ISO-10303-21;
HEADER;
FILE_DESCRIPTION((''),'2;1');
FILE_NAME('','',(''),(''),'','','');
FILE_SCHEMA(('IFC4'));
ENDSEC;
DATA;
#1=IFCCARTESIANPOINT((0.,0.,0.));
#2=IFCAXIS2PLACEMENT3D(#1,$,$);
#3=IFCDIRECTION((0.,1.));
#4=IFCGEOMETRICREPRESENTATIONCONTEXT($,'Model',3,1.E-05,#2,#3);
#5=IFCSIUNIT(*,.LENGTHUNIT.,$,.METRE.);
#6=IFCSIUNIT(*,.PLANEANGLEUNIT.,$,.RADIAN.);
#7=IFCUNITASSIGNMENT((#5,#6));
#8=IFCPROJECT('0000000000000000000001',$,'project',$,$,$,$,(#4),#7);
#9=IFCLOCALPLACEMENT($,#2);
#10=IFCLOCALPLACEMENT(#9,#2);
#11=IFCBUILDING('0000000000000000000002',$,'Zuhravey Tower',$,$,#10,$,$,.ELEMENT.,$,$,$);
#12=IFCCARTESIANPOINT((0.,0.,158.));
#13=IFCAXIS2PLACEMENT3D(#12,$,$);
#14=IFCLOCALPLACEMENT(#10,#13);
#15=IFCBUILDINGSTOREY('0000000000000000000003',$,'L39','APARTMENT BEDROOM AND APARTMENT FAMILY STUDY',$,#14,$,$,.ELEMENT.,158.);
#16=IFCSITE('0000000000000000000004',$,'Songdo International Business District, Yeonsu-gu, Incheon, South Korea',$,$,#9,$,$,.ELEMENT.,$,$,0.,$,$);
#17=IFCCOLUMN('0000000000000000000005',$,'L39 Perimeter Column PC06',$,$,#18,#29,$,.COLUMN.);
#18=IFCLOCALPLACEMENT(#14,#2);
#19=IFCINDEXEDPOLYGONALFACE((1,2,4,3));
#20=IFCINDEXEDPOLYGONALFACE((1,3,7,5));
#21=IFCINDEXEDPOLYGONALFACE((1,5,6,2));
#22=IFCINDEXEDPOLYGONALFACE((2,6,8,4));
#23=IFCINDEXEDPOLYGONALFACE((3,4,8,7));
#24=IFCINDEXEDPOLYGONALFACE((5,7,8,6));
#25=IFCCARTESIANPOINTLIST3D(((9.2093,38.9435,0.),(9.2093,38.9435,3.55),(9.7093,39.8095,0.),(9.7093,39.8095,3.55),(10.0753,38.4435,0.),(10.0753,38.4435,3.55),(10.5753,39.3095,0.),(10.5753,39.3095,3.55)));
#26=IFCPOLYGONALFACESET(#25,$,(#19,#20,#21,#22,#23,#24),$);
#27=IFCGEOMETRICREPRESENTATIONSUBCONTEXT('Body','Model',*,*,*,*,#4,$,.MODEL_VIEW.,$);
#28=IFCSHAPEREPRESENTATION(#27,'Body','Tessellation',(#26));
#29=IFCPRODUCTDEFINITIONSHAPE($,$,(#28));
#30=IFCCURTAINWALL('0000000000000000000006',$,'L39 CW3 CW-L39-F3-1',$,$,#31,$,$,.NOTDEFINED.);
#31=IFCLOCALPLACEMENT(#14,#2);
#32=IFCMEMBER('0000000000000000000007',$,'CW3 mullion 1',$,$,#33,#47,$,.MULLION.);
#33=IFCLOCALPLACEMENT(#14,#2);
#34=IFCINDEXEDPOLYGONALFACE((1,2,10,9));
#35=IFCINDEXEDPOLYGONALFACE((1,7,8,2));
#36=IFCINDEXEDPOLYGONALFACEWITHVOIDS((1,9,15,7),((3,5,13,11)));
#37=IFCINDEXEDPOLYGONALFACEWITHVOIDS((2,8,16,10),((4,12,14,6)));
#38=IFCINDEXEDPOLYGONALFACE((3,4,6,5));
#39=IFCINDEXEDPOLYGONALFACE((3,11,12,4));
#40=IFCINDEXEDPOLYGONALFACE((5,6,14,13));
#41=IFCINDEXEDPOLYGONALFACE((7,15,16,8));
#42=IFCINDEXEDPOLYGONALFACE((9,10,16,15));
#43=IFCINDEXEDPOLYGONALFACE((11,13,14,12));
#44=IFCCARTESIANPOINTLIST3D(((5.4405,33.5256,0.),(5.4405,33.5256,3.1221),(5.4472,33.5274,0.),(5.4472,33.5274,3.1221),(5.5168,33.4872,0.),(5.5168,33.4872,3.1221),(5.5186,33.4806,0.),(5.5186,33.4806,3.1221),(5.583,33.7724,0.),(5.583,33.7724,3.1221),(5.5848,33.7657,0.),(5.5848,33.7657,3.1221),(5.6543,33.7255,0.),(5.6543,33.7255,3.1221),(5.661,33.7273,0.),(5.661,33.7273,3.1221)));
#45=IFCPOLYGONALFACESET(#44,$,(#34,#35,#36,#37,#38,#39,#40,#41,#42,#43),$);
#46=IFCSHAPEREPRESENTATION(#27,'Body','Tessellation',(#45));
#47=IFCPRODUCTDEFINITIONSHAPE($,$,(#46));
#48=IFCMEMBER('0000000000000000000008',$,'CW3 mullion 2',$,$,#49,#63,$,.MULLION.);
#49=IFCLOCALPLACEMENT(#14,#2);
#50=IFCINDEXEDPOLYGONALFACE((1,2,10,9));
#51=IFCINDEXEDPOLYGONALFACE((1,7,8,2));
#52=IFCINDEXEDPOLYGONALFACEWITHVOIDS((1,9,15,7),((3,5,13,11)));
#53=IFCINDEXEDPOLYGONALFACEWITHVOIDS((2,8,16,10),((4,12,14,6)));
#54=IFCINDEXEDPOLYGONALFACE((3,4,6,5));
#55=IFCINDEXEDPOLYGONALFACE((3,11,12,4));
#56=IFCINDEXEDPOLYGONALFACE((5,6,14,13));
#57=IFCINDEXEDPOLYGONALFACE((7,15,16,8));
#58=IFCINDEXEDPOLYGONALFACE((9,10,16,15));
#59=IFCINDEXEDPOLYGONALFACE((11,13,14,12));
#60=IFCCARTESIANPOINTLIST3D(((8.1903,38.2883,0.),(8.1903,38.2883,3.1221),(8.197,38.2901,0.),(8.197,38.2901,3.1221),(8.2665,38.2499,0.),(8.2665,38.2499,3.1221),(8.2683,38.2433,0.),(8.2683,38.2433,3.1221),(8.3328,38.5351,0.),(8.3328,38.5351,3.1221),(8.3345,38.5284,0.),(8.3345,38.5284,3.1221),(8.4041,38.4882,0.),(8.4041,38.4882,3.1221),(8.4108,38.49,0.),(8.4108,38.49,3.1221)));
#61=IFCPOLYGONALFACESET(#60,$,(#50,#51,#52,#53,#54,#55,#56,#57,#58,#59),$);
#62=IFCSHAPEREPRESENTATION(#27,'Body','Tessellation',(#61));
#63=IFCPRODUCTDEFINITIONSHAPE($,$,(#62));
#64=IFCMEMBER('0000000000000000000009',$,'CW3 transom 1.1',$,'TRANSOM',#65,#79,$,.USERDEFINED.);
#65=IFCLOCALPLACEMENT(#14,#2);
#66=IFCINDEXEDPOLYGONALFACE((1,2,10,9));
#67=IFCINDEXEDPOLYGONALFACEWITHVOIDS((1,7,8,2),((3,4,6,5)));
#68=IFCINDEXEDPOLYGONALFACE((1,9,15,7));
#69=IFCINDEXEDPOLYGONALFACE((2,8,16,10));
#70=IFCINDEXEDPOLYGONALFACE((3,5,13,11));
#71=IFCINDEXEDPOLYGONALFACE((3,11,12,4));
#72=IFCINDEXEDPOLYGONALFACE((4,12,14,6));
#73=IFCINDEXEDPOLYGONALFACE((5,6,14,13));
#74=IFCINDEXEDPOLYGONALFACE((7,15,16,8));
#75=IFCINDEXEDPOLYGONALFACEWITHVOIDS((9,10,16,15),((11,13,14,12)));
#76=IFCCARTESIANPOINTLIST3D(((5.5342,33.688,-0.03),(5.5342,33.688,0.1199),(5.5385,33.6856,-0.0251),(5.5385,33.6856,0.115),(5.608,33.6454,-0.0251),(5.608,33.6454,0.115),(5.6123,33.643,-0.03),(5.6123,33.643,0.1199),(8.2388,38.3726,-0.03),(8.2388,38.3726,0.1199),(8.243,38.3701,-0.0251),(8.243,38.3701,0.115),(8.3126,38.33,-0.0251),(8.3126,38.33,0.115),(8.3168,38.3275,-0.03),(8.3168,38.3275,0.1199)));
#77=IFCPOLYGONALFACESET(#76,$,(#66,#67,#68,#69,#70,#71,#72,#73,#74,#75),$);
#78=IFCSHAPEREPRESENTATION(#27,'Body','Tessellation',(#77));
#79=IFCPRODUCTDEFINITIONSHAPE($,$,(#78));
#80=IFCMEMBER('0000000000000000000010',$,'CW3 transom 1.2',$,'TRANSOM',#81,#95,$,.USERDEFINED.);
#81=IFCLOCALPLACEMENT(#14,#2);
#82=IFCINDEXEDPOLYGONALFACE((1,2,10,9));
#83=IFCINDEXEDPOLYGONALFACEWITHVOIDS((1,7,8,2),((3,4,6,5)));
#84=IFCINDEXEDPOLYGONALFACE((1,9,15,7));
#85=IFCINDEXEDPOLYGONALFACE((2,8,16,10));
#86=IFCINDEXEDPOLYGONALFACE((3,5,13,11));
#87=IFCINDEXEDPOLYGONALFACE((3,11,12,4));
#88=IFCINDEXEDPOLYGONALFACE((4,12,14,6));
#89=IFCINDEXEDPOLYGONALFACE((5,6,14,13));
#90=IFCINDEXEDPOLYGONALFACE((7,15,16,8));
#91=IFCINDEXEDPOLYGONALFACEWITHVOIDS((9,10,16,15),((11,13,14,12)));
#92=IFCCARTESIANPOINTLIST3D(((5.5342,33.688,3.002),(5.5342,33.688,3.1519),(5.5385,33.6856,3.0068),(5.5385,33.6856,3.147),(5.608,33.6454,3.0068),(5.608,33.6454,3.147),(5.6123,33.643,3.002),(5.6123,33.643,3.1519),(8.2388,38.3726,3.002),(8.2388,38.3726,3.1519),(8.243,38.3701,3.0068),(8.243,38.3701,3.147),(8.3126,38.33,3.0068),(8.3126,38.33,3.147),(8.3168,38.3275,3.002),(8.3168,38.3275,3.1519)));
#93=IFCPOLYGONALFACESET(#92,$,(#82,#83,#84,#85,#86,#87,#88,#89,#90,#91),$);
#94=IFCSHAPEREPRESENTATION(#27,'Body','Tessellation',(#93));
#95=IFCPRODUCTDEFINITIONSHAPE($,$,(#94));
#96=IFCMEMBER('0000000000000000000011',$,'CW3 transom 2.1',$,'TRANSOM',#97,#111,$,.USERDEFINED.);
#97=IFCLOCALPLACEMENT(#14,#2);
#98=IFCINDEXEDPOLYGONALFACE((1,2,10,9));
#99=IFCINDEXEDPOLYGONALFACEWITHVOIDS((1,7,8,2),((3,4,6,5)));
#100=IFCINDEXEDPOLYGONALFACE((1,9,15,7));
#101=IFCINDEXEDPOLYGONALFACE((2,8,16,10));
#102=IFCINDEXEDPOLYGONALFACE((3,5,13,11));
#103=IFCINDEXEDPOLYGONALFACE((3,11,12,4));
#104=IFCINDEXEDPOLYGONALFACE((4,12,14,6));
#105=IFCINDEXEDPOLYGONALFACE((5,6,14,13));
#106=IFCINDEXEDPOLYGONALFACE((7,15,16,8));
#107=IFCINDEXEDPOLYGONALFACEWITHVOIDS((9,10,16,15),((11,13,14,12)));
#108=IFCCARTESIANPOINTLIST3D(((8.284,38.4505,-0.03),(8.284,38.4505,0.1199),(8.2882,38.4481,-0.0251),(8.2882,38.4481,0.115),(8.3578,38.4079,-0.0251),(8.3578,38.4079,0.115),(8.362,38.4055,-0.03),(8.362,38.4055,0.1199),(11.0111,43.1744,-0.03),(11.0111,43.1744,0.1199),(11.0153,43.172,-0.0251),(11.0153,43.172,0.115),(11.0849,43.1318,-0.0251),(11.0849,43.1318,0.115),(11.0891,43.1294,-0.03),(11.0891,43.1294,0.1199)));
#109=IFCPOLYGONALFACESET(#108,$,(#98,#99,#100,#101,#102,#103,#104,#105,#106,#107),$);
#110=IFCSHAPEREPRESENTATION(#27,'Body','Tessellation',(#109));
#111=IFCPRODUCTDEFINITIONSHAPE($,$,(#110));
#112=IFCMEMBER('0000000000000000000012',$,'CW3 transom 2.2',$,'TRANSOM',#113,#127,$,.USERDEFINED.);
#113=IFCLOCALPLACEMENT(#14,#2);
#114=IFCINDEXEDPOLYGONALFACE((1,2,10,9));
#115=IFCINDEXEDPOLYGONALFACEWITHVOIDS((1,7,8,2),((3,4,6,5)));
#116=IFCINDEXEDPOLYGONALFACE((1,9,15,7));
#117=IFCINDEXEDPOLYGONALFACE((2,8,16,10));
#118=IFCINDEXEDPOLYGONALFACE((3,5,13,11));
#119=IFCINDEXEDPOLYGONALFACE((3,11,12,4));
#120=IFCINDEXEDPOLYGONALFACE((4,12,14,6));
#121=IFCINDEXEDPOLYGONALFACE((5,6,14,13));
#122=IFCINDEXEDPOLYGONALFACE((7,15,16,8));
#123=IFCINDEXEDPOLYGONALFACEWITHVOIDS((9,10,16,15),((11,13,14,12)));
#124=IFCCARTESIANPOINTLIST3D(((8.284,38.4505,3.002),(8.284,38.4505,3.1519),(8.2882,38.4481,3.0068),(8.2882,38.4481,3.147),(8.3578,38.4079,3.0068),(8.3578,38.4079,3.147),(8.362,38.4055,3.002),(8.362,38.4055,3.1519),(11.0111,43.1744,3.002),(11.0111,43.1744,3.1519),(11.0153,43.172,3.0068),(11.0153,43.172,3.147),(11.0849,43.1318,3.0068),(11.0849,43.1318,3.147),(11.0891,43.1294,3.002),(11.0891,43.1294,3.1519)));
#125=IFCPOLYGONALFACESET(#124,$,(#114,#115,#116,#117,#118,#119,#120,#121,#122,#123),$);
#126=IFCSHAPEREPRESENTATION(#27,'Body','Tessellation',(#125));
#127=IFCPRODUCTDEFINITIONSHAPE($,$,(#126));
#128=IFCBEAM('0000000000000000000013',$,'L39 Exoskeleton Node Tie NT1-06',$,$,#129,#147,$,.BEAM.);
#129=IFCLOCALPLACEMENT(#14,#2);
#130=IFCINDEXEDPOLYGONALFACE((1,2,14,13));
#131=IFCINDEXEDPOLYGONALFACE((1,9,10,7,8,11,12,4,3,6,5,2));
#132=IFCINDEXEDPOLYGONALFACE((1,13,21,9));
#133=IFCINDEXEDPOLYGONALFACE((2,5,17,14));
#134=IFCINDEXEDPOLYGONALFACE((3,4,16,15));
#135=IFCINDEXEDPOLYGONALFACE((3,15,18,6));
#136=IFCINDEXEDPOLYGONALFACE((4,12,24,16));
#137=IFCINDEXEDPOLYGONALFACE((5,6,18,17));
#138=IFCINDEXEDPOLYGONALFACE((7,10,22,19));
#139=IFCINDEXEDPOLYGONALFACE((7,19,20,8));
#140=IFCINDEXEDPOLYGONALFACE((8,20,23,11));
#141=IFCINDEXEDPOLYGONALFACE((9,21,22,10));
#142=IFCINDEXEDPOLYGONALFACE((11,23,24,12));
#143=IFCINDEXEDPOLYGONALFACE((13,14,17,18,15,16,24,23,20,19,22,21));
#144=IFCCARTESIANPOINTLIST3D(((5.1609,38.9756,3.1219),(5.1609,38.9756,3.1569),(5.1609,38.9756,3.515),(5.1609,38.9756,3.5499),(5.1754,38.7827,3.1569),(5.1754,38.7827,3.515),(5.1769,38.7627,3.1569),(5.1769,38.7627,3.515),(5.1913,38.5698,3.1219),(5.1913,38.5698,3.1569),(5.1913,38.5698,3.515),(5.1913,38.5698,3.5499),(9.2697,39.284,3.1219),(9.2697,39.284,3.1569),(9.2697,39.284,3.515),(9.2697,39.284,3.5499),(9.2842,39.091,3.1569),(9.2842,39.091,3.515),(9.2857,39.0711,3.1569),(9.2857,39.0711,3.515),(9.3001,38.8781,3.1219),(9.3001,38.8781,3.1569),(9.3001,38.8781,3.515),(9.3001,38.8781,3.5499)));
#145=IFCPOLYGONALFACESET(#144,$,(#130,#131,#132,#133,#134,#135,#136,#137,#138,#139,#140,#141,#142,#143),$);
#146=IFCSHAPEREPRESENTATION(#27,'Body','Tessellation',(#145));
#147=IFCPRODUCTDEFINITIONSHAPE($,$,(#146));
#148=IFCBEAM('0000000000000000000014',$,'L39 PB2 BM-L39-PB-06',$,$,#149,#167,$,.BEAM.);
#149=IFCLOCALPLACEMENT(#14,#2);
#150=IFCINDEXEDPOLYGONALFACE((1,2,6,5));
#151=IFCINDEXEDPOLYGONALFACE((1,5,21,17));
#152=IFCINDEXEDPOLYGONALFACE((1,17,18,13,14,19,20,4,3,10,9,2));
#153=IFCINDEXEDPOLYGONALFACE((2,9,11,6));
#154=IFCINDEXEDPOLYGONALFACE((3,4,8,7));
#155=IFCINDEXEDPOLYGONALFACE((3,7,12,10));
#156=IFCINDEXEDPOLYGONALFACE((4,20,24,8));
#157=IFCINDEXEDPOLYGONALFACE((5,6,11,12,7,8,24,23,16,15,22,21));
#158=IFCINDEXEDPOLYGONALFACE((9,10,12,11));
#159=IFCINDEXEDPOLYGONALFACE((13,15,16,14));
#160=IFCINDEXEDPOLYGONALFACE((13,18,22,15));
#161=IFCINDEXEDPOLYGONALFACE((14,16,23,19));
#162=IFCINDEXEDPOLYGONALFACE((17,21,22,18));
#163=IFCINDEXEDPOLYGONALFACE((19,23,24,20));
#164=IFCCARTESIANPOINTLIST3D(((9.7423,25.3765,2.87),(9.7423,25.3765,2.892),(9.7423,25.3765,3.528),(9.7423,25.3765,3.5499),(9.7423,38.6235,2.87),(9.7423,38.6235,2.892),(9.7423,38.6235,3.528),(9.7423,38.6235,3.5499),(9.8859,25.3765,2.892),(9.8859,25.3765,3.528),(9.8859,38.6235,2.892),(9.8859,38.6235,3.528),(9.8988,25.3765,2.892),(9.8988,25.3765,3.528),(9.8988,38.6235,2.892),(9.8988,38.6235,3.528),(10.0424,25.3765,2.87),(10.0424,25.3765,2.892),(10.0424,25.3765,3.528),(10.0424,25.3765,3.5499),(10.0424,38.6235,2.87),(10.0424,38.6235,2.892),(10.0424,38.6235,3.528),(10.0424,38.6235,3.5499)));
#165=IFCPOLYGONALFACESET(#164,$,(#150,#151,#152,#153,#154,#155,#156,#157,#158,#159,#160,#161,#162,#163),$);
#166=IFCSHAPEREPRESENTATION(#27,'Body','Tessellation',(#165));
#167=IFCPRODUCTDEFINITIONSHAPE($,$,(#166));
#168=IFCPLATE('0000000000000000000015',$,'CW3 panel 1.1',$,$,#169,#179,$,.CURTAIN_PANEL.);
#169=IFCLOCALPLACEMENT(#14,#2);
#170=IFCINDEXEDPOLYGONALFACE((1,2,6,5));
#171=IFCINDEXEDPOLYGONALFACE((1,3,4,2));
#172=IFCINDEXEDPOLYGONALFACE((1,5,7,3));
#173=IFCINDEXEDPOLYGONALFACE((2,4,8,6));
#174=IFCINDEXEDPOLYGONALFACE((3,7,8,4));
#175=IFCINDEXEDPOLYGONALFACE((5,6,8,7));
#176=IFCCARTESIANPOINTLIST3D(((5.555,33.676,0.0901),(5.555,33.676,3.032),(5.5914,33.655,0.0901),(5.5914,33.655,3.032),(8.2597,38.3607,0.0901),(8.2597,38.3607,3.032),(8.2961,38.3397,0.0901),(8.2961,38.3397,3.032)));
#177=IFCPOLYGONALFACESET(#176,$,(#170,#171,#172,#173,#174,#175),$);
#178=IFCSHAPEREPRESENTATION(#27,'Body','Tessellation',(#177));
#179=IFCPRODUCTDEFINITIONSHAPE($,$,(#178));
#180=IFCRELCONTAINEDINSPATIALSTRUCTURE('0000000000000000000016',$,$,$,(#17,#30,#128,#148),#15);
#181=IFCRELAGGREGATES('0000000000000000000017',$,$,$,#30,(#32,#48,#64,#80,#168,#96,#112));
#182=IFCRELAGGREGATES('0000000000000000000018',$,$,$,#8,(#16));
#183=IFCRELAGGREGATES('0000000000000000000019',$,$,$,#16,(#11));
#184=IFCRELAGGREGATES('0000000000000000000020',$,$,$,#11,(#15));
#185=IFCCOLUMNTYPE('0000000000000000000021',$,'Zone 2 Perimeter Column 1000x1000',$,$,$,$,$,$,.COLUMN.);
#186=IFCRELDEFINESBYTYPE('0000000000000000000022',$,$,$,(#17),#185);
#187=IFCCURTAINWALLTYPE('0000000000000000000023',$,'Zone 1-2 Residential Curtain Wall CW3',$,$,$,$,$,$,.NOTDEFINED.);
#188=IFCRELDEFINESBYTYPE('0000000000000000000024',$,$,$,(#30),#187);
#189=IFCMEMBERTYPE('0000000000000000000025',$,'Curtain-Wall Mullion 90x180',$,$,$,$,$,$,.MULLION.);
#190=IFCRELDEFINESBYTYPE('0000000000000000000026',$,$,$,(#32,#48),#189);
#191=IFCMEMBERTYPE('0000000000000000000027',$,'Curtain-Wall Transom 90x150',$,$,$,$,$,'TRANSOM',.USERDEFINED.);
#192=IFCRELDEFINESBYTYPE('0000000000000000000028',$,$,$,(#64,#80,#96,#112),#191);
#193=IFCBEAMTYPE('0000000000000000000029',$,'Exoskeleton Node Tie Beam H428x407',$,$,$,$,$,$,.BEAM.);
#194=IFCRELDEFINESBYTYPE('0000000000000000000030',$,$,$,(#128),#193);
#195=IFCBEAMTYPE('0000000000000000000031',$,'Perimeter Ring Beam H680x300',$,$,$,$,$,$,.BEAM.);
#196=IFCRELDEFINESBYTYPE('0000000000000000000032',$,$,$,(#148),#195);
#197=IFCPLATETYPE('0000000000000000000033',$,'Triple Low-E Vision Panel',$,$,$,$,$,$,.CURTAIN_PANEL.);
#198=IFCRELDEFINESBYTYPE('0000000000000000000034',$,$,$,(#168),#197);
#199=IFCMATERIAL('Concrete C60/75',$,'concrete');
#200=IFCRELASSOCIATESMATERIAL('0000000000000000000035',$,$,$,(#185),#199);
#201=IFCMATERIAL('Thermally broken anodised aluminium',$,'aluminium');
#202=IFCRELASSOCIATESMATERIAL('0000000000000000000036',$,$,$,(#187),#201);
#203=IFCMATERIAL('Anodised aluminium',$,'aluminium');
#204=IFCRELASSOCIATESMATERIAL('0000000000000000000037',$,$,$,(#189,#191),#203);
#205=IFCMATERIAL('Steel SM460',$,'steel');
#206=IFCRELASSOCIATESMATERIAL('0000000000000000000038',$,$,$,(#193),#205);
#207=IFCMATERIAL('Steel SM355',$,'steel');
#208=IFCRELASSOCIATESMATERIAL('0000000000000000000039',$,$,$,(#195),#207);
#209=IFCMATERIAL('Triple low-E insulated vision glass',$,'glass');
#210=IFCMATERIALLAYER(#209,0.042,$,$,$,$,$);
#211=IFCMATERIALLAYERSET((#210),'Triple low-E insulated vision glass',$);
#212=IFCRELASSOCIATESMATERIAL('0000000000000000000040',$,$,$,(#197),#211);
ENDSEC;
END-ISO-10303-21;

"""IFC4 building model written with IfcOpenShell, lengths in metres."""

from ifc_helpers import new_model, si_unit, direction, frame, origin, origin_2d, place, context, subcontext, project, spatial, rectangle, hollow_rectangle, i_section, extrude, material, layer, layer_set, material_profile, profile_set, type_object, element, aggregate, save


model = new_model("IFC4")

# Units and contexts
model_context = context("Model", 3, precision=1e-05, world=origin(), true_north=direction((0.0, 1.0)))
body_context = subcontext(model_context, "Body", "Model", "MODEL_VIEW")
ifc_project = project(units=[si_unit("LENGTHUNIT", "METRE"), si_unit("PLANEANGLEUNIT", "RADIAN")], contexts=[model_context])

# Site, building, storey
site_placement = place(None, origin())
site = spatial("IfcSite", under=ifc_project, at=site_placement, Name="Songdo International Business District, Yeonsu-gu, Incheon, South Korea", CompositionType="ELEMENT", RefElevation=0.0)
building_placement = place(site_placement, origin())
building = spatial("IfcBuilding", under=site, at=building_placement, Name="Zuhravey Tower", CompositionType="ELEMENT")
storey_placement = place(building_placement, frame((0.0, 0.0, 158.0)))
storey = spatial("IfcBuildingStorey", under=building, at=storey_placement, Name="L39", Description="APARTMENT BEDROOM AND APARTMENT FAMILY STUDY", CompositionType="ELEMENT", Elevation=158.0)

# Column
ifc_material_1 = material(Name="Concrete C60/75", Category="concrete")
ifc_material_profile_1 = material_profile(ifc_material_1, rectangle(XDim=1.0, YDim=1.0, at=origin_2d()), Name="RC-1000x1000")
ifc_profile_set_1 = profile_set([ifc_material_profile_1], Name="Concrete C60/75")
column_type = type_object("IfcColumnType", Name="Zone 2 Perimeter Column 1000x1000", PredefinedType="COLUMN", material=ifc_profile_set_1)
column_placement = place(storey_placement, frame((9.8923, 39.1265, 0.0), z_axis=(0.0, 0.0, 1.0), x_axis=(-0.5, -0.866025, 0.0)))
element("IfcColumn", 1, at=column_placement, inside=storey, type_object=column_type, Name="L39 Perimeter Column PC06", PredefinedType="COLUMN", context=body_context, shape_type="SweptSolid", body=[
    extrude(rectangle(XDim=1.0, YDim=1.0, at=origin_2d()), origin(), (0.0, 0.0, 1.0), 3.55),
])

# Curtain wall, members
ifc_material_2 = material(Name="Thermally broken anodised aluminium", Category="aluminium")
curtain_wall_type = type_object("IfcCurtainWallType", Name="Zone 1-2 Residential Curtain Wall CW3", PredefinedType="NOTDEFINED", material=ifc_material_2)
curtain_wall_placement = place(storey_placement, origin())
curtain_wall = element("IfcCurtainWall", 2, at=curtain_wall_placement, inside=storey, type_object=curtain_wall_type, Name="L39 CW3 CW-L39-F3-1", PredefinedType="NOTDEFINED")
ifc_material_3 = material(Name="Anodised aluminium", Category="aluminium")
ifc_material_profile_2 = material_profile(ifc_material_3, hollow_rectangle(XDim=0.0901, YDim=0.2849, WallThickness=0.0049, at=origin_2d()), Name="ALU-RHS-90x285x5")
ifc_profile_set_2 = profile_set([ifc_material_profile_2], Name="Anodised aluminium")
member_type_1 = type_object("IfcMemberType", Name="Curtain-Wall Mullion 90x180", PredefinedType="MULLION", material=ifc_profile_set_2)
member_1_placement = place(storey_placement, frame((5.5508, 33.6265, 0.0), z_axis=(0.0, 0.0, 1.0), x_axis=(-0.866025, 0.5, 0.0)))
member_1 = element("IfcMember", 3, at=member_1_placement, type_object=member_type_1, Name="CW3 mullion 1", PredefinedType="MULLION", context=body_context, shape_type="SweptSolid", body=[
    extrude(hollow_rectangle(XDim=0.0901, YDim=0.2849, WallThickness=0.0049, at=origin_2d()), origin(), (0.0, 0.0, 1.0), 3.1221),
])
member_2_placement = place(storey_placement, frame((8.3005, 38.3892, 0.0), z_axis=(0.0, 0.0, 1.0), x_axis=(-0.866025, 0.5, 0.0)))
member_2 = element("IfcMember", 4, at=member_2_placement, type_object=member_type_1, Name="CW3 mullion 2", PredefinedType="MULLION", context=body_context, shape_type="SweptSolid", body=[
    extrude(hollow_rectangle(XDim=0.0901, YDim=0.2849, WallThickness=0.0049, at=origin_2d()), origin(), (0.0, 0.0, 1.0), 3.1221),
])
ifc_material_profile_3 = material_profile(ifc_material_3, hollow_rectangle(XDim=0.0901, YDim=0.1499, WallThickness=0.0049, at=origin_2d()), Name="ALU-RHS-90x150x5")
ifc_profile_set_3 = profile_set([ifc_material_profile_3], Name="Anodised aluminium")
member_type_2 = type_object("IfcMemberType", Name="Curtain-Wall Transom 90x150", ElementType="TRANSOM", PredefinedType="USERDEFINED", material=ifc_profile_set_3)
member_3_placement = place(storey_placement, frame((5.5732, 33.6655, 0.0449), z_axis=(0.499993, 0.866029, 0.0), x_axis=(-0.866029, 0.499993, 0.0)))
member_3 = element("IfcMember", 5, at=member_3_placement, type_object=member_type_2, Name="CW3 transom 1.1", ObjectType="TRANSOM", PredefinedType="USERDEFINED", context=body_context, shape_type="SweptSolid", body=[
    extrude(hollow_rectangle(XDim=0.0901, YDim=0.1499, WallThickness=0.0049, at=origin_2d()), origin(), (0.0, 0.0, 1.0), 5.4092),
])
member_4_placement = place(storey_placement, frame((5.5732, 33.6655, 3.0769), z_axis=(0.499993, 0.866029, 0.0), x_axis=(-0.866029, 0.499993, 0.0)))
member_4 = element("IfcMember", 6, at=member_4_placement, type_object=member_type_2, Name="CW3 transom 1.2", ObjectType="TRANSOM", PredefinedType="USERDEFINED", context=body_context, shape_type="SweptSolid", body=[
    extrude(hollow_rectangle(XDim=0.0901, YDim=0.1499, WallThickness=0.0049, at=origin_2d()), origin(), (0.0, 0.0, 1.0), 5.4092),
])
member_5_placement = place(storey_placement, frame((8.323, 38.428, 0.0449), z_axis=(0.499961, 0.866048, 0.0), x_axis=(-0.866048, 0.499961, 0.0)))
member_5 = element("IfcMember", 7, at=member_5_placement, type_object=member_type_2, Name="CW3 transom 2.1", ObjectType="TRANSOM", PredefinedType="USERDEFINED", context=body_context, shape_type="SweptSolid", body=[
    extrude(hollow_rectangle(XDim=0.0901, YDim=0.1499, WallThickness=0.0049, at=origin_2d()), origin(), (0.0, 0.0, 1.0), 5.4546),
])
member_6_placement = place(storey_placement, frame((8.323, 38.428, 3.0769), z_axis=(0.499961, 0.866048, 0.0), x_axis=(-0.866048, 0.499961, 0.0)))
member_6 = element("IfcMember", 8, at=member_6_placement, type_object=member_type_2, Name="CW3 transom 2.2", ObjectType="TRANSOM", PredefinedType="USERDEFINED", context=body_context, shape_type="SweptSolid", body=[
    extrude(hollow_rectangle(XDim=0.0901, YDim=0.1499, WallThickness=0.0049, at=origin_2d()), origin(), (0.0, 0.0, 1.0), 5.4546),
])

# Beams
ifc_material_4 = material(Name="Steel SM460", Category="steel")
ifc_material_profile_4 = material_profile(ifc_material_4, i_section(OverallWidth=0.407, OverallDepth=0.428, WebThickness=0.02, FlangeThickness=0.0349, at=origin_2d()), Name="H-428x407x20x35")
ifc_profile_set_4 = profile_set([ifc_material_profile_4], Name="Steel SM460")
beam_type_1 = type_object("IfcBeamType", Name="Exoskeleton Node Tie Beam H428x407", PredefinedType="BEAM", material=ifc_profile_set_4)
beam_1_placement = place(storey_placement, frame((9.2849, 39.0811, 3.3359), z_axis=(-0.997196, -0.074834, 0.0), x_axis=(0.074834, -0.997196, 0.0)))
element("IfcBeam", 9, at=beam_1_placement, inside=storey, type_object=beam_type_1, Name="L39 Exoskeleton Node Tie NT1-06", PredefinedType="BEAM", context=body_context, shape_type="SweptSolid", body=[
    extrude(i_section(OverallWidth=0.407, OverallDepth=0.428, WebThickness=0.02, FlangeThickness=0.0349, at=origin_2d()), origin(), (0.0, 0.0, 1.0), 4.1204),
])
ifc_material_5 = material(Name="Steel SM355", Category="steel")
ifc_material_profile_5 = material_profile(ifc_material_5, i_section(OverallWidth=0.3, OverallDepth=0.6799, WebThickness=0.0129, FlangeThickness=0.022, at=origin_2d()), Name="H-680x300x13x22")
ifc_profile_set_5 = profile_set([ifc_material_profile_5], Name="Steel SM355")
beam_type_2 = type_object("IfcBeamType", Name="Perimeter Ring Beam H680x300", PredefinedType="BEAM", material=ifc_profile_set_5)
beam_2_placement = place(storey_placement, frame((9.8923, 38.6235, 3.21), z_axis=(0.0, -1.0, 0.0), x_axis=(1.0, 0.0, 0.0)))
element("IfcBeam", 10, at=beam_2_placement, inside=storey, type_object=beam_type_2, Name="L39 PB2 BM-L39-PB-06", PredefinedType="BEAM", context=body_context, shape_type="SweptSolid", body=[
    extrude(i_section(OverallWidth=0.3, OverallDepth=0.6799, WebThickness=0.0129, FlangeThickness=0.022, at=origin_2d()), origin(), (0.0, 0.0, 1.0), 13.2471),
])

# Plate
ifc_material_6 = material(Name="Triple low-E insulated vision glass", Category="glass")
ifc_layer_1 = layer(ifc_material_6, 0.042)
ifc_layer_set_1 = layer_set([ifc_layer_1], Name="Triple low-E insulated vision glass")
plate_type = type_object("IfcPlateType", Name="Triple Low-E Vision Panel", PredefinedType="CURTAIN_PANEL", material=ifc_layer_set_1)
plate_1_placement = place(storey_placement, frame((6.9255, 36.0078, 0.0901), z_axis=(0.0, 0.0, 1.0), x_axis=(0.5, 0.866025, 0.0)))
plate_1 = element("IfcPlate", 11, at=plate_1_placement, type_object=plate_type, Name="CW3 panel 1.1", PredefinedType="CURTAIN_PANEL", context=body_context, shape_type="SweptSolid", body=[
    extrude(rectangle(XDim=5.4094, YDim=0.042, at=origin_2d()), origin(), (0.0, 0.0, 1.0), 2.9419),
])
aggregate(curtain_wall, [member_1, member_2, member_3, member_4, plate_1, member_5, member_6])

save(model, "model.ifc")
